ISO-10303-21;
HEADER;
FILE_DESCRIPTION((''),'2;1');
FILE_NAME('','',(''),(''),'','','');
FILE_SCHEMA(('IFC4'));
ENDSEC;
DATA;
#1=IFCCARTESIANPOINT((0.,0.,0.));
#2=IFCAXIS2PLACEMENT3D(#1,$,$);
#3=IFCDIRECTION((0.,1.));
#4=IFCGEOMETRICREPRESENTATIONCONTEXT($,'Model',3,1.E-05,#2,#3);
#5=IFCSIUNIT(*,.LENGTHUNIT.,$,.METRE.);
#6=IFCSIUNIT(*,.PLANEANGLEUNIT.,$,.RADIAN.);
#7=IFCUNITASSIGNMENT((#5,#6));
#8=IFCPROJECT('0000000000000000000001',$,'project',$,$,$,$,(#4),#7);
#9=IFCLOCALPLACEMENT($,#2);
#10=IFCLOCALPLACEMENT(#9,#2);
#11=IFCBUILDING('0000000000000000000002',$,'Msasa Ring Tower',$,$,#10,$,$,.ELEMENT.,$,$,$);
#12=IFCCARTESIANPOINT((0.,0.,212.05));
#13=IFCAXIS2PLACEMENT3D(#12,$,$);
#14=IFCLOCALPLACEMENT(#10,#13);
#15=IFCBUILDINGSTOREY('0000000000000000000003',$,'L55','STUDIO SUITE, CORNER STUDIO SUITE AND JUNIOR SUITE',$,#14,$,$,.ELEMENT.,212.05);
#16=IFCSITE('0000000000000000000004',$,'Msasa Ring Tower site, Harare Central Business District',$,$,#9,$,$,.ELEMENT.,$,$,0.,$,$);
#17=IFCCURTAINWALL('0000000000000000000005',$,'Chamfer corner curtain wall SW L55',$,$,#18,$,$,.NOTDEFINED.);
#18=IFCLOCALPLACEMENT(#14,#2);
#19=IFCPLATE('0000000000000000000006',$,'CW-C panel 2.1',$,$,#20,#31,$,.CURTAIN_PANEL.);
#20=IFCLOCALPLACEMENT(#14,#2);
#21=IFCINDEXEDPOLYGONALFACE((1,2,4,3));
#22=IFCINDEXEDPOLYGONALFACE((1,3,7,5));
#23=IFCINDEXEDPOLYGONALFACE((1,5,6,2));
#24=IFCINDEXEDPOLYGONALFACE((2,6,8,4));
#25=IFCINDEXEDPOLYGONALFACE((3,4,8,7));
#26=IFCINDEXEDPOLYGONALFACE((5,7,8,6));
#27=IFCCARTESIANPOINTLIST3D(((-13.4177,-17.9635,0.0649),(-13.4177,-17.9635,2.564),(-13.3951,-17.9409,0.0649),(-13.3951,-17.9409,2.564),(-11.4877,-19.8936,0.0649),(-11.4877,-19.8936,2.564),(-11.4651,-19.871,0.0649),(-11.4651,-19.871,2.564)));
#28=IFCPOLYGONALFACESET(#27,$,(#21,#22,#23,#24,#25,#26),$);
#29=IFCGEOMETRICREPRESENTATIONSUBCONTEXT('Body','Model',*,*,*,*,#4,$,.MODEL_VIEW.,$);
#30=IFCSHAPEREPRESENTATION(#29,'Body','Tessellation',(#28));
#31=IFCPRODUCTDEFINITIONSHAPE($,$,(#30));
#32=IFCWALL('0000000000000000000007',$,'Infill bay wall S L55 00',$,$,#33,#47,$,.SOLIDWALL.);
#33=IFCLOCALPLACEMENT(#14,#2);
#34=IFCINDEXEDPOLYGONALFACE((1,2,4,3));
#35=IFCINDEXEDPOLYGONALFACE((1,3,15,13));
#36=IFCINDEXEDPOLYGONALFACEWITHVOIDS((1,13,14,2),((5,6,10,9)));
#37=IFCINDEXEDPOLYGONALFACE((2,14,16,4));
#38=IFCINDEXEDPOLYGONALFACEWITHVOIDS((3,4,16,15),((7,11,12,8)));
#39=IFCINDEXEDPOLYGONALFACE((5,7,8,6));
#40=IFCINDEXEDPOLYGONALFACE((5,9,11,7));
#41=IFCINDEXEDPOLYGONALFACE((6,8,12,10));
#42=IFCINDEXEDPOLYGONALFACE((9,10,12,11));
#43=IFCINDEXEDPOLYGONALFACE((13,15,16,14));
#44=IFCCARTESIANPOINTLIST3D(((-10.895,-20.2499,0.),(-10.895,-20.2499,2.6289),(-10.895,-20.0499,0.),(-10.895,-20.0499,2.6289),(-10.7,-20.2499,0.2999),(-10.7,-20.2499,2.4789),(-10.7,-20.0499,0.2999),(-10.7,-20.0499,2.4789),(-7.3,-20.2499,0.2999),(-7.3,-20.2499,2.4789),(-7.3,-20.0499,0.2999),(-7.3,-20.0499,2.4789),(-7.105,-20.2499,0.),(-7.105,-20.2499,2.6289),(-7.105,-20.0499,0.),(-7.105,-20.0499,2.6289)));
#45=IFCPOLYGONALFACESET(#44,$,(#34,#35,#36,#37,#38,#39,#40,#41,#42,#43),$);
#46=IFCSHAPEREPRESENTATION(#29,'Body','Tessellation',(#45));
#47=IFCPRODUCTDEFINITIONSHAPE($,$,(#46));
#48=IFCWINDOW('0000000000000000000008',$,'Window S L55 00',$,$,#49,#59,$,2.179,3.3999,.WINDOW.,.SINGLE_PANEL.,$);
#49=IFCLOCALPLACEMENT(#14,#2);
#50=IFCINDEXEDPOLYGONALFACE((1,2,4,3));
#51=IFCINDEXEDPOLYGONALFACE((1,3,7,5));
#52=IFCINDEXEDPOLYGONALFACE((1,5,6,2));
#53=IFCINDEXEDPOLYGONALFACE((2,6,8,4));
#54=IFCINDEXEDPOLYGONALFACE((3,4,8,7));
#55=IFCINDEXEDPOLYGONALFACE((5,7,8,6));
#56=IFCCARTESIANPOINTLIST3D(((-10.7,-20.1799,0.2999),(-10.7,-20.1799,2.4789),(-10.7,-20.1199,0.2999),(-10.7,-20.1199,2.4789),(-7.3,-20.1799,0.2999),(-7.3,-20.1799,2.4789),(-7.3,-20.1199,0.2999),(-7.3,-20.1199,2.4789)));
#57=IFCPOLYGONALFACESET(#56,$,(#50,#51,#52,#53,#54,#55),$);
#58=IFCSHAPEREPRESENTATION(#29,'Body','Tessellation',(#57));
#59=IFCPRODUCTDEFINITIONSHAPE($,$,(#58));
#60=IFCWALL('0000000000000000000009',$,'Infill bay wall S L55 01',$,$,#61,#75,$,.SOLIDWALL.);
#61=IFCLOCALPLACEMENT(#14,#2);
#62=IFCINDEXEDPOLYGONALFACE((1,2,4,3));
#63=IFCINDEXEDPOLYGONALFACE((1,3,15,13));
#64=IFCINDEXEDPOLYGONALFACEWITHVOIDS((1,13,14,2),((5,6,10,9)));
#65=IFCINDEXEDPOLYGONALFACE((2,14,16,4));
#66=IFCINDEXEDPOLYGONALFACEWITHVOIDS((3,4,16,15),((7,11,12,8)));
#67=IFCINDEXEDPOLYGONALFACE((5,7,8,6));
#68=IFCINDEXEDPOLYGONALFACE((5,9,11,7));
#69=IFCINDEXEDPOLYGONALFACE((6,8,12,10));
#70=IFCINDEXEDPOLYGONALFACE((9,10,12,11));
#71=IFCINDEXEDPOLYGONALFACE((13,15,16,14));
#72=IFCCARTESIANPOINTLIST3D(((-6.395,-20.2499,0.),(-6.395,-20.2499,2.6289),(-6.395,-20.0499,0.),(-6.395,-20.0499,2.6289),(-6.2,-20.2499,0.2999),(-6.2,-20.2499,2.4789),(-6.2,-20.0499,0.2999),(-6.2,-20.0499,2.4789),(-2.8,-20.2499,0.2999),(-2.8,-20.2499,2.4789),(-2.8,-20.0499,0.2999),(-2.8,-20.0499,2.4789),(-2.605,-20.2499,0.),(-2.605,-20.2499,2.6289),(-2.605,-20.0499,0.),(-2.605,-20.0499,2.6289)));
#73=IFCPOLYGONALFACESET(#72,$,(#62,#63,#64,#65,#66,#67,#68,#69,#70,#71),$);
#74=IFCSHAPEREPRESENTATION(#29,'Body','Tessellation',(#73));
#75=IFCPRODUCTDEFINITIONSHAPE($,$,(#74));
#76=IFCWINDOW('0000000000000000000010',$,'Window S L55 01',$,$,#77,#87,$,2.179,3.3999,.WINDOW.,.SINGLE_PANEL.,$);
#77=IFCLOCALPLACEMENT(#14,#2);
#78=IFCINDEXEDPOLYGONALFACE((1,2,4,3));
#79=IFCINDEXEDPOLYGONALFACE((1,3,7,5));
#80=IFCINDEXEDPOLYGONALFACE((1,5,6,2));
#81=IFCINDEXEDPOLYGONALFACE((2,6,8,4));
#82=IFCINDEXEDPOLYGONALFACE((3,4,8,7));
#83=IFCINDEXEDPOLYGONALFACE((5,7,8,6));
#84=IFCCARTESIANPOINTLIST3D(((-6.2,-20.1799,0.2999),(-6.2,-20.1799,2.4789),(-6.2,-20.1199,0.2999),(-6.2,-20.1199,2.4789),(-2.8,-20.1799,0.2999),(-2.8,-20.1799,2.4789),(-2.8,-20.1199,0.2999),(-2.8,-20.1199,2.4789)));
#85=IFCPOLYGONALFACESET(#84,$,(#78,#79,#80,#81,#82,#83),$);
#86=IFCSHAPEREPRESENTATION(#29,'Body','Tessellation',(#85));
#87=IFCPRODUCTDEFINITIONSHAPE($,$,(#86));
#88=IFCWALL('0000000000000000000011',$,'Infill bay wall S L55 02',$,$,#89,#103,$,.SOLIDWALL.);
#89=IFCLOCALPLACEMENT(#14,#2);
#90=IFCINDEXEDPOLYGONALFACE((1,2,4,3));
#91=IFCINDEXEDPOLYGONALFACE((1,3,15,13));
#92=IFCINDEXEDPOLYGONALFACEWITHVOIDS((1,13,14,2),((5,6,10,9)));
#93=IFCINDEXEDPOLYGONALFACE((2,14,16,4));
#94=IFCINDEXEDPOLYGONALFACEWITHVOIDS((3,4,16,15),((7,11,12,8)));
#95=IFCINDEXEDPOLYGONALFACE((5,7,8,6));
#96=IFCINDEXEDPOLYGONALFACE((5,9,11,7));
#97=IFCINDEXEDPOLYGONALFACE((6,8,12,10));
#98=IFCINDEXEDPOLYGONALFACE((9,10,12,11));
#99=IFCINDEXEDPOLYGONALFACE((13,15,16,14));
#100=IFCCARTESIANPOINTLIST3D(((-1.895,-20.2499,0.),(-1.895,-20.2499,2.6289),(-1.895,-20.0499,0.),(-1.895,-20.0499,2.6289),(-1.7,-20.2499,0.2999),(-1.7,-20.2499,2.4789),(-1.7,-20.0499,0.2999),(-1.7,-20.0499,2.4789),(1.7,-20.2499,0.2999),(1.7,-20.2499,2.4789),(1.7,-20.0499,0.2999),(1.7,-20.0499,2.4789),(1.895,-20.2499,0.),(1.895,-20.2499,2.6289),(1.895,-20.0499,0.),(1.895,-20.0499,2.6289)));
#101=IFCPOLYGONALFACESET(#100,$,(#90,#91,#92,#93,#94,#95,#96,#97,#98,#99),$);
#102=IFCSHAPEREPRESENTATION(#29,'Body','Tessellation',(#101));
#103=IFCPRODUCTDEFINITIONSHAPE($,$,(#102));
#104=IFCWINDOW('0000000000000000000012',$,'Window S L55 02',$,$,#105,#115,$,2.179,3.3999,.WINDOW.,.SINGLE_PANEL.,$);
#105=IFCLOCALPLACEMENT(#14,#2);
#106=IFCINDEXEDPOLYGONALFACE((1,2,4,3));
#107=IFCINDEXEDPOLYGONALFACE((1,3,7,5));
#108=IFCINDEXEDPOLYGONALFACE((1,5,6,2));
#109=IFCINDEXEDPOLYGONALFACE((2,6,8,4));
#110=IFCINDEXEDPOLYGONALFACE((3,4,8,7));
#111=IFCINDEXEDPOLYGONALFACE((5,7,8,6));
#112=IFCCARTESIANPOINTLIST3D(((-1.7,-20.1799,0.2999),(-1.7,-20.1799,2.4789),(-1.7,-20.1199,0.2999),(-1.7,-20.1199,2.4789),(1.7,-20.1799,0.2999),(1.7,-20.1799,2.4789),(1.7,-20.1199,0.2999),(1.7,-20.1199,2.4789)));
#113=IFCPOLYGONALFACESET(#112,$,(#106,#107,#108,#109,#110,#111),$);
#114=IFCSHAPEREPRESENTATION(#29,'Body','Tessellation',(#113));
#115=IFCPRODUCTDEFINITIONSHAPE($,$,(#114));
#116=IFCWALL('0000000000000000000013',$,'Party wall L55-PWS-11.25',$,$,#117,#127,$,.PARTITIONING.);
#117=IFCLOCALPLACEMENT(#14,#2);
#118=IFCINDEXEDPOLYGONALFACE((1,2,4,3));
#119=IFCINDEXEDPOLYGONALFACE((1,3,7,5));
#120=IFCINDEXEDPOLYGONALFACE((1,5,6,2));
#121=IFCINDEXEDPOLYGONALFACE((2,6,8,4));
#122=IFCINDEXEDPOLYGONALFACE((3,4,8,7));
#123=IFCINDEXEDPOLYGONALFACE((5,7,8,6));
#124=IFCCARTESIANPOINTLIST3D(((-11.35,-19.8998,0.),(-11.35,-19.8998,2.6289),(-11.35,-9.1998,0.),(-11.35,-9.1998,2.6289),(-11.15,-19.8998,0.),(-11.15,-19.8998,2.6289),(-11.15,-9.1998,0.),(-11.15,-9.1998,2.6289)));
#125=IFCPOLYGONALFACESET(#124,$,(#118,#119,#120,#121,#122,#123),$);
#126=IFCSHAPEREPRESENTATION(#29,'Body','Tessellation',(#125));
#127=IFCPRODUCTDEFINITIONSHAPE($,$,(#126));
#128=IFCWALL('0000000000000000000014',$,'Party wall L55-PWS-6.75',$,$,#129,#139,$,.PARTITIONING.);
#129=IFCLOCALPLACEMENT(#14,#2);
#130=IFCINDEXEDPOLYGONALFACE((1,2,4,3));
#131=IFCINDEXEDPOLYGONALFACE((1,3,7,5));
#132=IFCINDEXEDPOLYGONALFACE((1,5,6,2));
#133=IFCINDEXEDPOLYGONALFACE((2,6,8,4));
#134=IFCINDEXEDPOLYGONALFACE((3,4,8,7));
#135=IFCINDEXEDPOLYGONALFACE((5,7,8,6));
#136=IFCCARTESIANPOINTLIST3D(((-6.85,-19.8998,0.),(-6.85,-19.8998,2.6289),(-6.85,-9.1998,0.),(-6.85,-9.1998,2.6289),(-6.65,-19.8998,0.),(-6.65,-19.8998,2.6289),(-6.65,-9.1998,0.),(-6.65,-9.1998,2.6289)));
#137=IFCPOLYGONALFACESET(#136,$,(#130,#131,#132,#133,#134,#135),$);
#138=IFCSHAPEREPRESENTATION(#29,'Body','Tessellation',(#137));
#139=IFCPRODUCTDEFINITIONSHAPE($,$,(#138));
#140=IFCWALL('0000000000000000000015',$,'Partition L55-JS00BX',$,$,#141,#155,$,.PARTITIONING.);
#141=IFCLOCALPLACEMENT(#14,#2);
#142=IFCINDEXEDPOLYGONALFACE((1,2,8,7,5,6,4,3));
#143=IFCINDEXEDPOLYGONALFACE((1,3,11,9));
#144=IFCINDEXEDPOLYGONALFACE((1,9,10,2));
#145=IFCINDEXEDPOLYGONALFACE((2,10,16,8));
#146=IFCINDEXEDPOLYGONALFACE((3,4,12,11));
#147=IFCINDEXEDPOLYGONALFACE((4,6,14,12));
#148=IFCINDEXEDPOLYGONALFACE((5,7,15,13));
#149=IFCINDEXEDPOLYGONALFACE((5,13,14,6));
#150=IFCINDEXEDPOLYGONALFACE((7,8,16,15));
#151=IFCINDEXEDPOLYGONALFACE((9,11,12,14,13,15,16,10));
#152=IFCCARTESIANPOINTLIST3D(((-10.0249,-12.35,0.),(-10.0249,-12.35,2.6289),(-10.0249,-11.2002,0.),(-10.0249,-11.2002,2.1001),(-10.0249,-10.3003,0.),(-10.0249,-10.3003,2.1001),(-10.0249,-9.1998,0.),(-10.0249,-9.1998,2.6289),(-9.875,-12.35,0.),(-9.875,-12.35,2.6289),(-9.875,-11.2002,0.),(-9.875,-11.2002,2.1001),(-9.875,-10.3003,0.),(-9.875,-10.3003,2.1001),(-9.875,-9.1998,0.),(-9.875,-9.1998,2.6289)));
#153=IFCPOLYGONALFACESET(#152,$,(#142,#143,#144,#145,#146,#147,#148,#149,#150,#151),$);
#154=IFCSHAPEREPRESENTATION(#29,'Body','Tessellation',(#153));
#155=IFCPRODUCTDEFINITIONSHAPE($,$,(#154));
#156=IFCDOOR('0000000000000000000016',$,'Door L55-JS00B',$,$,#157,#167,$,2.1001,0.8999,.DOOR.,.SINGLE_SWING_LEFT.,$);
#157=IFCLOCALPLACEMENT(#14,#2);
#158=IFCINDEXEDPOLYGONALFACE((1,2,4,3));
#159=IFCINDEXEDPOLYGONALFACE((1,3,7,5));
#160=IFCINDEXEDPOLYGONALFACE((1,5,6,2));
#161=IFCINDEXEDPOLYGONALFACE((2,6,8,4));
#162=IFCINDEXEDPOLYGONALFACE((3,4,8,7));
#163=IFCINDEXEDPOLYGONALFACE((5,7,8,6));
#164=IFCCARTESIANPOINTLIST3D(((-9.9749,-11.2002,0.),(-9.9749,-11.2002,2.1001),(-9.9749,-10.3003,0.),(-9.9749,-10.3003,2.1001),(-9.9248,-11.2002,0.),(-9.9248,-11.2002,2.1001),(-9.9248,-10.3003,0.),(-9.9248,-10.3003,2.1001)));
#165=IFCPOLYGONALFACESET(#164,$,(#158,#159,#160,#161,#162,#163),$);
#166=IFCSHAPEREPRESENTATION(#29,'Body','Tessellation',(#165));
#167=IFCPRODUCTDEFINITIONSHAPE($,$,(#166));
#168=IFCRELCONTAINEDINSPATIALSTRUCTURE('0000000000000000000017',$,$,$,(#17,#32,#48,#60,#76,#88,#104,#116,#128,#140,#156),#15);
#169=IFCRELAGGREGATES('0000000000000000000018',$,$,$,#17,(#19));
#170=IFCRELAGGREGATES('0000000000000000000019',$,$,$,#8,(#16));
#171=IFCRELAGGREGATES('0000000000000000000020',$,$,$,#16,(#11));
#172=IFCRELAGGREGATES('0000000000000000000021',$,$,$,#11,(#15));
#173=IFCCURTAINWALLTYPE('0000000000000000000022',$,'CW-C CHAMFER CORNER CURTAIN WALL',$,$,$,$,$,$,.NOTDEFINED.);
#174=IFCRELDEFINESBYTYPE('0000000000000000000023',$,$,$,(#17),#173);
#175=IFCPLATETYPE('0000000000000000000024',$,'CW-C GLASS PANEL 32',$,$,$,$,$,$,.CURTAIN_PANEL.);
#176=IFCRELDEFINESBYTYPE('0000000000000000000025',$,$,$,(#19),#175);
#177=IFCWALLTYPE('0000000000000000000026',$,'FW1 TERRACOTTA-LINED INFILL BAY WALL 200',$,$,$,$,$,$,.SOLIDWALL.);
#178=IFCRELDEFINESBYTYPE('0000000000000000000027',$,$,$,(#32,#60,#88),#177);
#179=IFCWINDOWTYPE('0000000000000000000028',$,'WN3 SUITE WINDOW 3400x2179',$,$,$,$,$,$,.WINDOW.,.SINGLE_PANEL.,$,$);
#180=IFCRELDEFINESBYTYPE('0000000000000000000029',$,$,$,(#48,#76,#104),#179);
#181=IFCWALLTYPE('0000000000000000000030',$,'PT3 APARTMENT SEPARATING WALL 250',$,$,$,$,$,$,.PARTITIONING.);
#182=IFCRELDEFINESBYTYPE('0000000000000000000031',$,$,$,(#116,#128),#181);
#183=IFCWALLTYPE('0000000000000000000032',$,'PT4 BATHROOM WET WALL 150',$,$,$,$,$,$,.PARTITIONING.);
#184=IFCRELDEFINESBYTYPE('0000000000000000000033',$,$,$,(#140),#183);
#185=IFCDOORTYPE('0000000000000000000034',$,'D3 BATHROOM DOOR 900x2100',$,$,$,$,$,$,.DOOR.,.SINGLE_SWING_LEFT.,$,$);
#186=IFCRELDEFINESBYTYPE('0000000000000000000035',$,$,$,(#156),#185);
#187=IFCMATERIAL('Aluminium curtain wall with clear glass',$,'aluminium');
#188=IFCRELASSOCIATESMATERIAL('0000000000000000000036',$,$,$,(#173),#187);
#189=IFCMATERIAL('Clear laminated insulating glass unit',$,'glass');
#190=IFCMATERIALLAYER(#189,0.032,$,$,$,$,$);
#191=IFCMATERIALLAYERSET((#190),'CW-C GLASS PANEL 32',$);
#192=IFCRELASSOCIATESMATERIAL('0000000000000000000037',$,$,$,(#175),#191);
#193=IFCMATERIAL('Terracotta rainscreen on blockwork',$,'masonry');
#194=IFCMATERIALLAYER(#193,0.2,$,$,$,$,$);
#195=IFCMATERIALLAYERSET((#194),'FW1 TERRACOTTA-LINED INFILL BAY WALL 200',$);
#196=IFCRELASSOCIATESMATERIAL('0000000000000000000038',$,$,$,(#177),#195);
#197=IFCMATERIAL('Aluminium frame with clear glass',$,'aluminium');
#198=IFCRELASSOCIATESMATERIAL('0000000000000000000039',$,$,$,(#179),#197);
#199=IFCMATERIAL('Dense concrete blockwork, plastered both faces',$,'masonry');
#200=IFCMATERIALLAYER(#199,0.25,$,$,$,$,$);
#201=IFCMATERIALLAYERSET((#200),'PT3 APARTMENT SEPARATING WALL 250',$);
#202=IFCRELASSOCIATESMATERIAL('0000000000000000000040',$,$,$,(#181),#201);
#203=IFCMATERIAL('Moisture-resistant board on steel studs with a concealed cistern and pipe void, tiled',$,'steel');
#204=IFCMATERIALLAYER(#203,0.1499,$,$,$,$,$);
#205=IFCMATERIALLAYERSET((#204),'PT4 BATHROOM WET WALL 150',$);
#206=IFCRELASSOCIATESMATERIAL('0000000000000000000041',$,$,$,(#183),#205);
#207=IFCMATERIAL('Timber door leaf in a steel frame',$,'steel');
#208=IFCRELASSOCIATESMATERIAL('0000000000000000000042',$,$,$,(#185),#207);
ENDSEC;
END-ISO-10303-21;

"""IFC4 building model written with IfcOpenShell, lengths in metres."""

from ifc_helpers import new_model, si_unit, direction, frame, frame_2d, origin, origin_2d, place, context, subcontext, project, spatial, rectangle, extrude, material, layer, layer_set, type_object, element, fill, aggregate, save


model = new_model("IFC4")

# Units and contexts
model_context = context("Model", 3, precision=1e-05, world=origin(), true_north=direction((0.0, 1.0)))
body_context = subcontext(model_context, "Body", "Model", "MODEL_VIEW")
ifc_project = project(units=[si_unit("LENGTHUNIT", "METRE"), si_unit("PLANEANGLEUNIT", "RADIAN")], contexts=[model_context])

# Site, building, storey
site_placement = place(None, origin())
site = spatial("IfcSite", under=ifc_project, at=site_placement, Name="Msasa Ring Tower site, Harare Central Business District", CompositionType="ELEMENT", RefElevation=0.0)
building_placement = place(site_placement, origin())
building = spatial("IfcBuilding", under=site, at=building_placement, Name="Msasa Ring Tower", CompositionType="ELEMENT")
storey_placement = place(building_placement, frame((0.0, 0.0, 212.05)))
storey = spatial("IfcBuildingStorey", under=building, at=storey_placement, Name="L55", Description="STUDIO SUITE, CORNER STUDIO SUITE AND JUNIOR SUITE", CompositionType="ELEMENT", Elevation=212.05)

# Curtain wall
ifc_material_1 = material(Name="Aluminium curtain wall with clear glass", Category="aluminium")
curtain_wall_type = type_object("IfcCurtainWallType", Name="CW-C CHAMFER CORNER CURTAIN WALL", PredefinedType="NOTDEFINED", material=ifc_material_1)
curtain_wall_placement = place(storey_placement, origin())
curtain_wall = element("IfcCurtainWall", 1, at=curtain_wall_placement, inside=storey, type_object=curtain_wall_type, Name="Chamfer corner curtain wall SW L55", PredefinedType="NOTDEFINED")

# Plate
ifc_material_2 = material(Name="Clear laminated insulating glass unit", Category="glass")
ifc_layer_1 = layer(ifc_material_2, 0.032)
ifc_layer_set_1 = layer_set([ifc_layer_1], Name="CW-C GLASS PANEL 32")
plate_type = type_object("IfcPlateType", Name="CW-C GLASS PANEL 32", PredefinedType="CURTAIN_PANEL", material=ifc_layer_set_1)
plate_placement = place(storey_placement, frame((-12.4414, -18.9172, 0.0649), z_axis=(0.0, 0.0, 1.0), x_axis=(0.707107, -0.707107, 0.0)))
plate = element("IfcPlate", 2, at=plate_placement, type_object=plate_type, Name="CW-C panel 2.1", PredefinedType="CURTAIN_PANEL", context=body_context, shape_type="SweptSolid", body=[
    extrude(rectangle(XDim=2.7295, YDim=0.032, at=origin_2d()), origin(), (0.0, 0.0, 1.0), 2.499),
])
aggregate(curtain_wall, [plate])

# Walls, openings, windows
ifc_material_3 = material(Name="Terracotta rainscreen on blockwork", Category="masonry")
ifc_layer_2 = layer(ifc_material_3, 0.2)
ifc_layer_set_2 = layer_set([ifc_layer_2], Name="FW1 TERRACOTTA-LINED INFILL BAY WALL 200")
wall_type_1 = type_object("IfcWallType", Name="FW1 TERRACOTTA-LINED INFILL BAY WALL 200", PredefinedType="SOLIDWALL", material=ifc_layer_set_2)
wall_1_placement = place(storey_placement, frame((-10.895, -20.1499, 0.0), z_axis=(0.0, 0.0, 1.0), x_axis=(1.0, 0.0, 0.0)))
wall_1 = element("IfcWall", 3, at=wall_1_placement, inside=storey, type_object=wall_type_1, Name="Infill bay wall S L55 00", PredefinedType="SOLIDWALL", context=body_context, shape_type="SweptSolid", body=[
    extrude(rectangle(XDim=3.79, YDim=0.2, at=frame_2d((1.895, 0.0))), origin(), (0.0, 0.0, 1.0), 2.6289),
])
opening_1_placement = place(wall_1_placement, frame((0.1951, 0.0, 0.3)))
opening_1 = element("IfcOpeningElement", 4, at=opening_1_placement, cuts=wall_1, PredefinedType="OPENING", context=body_context, shape_type="SweptSolid", body=[
    extrude(rectangle(XDim=3.3999, YDim=2.179, at=frame_2d((1.7, 1.0894))), frame((0.0, 0.1099, 0.0), z_axis=(0.0, -1.0, 0.0), x_axis=(1.0, 0.0, 0.0)), (0.0, 0.0, 1.0), 0.22),
])
ifc_material_4 = material(Name="Aluminium frame with clear glass", Category="aluminium")
window_type = type_object("IfcWindowType", Name="WN3 SUITE WINDOW 3400x2179", PartitioningType="SINGLE_PANEL", PredefinedType="WINDOW", material=ifc_material_4)
window_1_placement = place(opening_1_placement, origin())
window_1 = element("IfcWindow", 5, at=window_1_placement, inside=storey, type_object=window_type, Name="Window S L55 00", OverallHeight=2.179, OverallWidth=3.3999, PartitioningType="SINGLE_PANEL", PredefinedType="WINDOW", context=body_context, shape_type="SweptSolid", body=[
    extrude(rectangle(XDim=3.3999, YDim=2.179, at=frame_2d((1.7, 1.0894))), frame((0.0, 0.03, 0.0), z_axis=(0.0, -1.0, 0.0), x_axis=(1.0, 0.0, 0.0)), (0.0, 0.0, 1.0), 0.0601),
])
fill(opening_1, window_1)
wall_2_placement = place(storey_placement, frame((-6.395, -20.1499, 0.0), z_axis=(0.0, 0.0, 1.0), x_axis=(1.0, 0.0, 0.0)))
wall_2 = element("IfcWall", 6, at=wall_2_placement, inside=storey, type_object=wall_type_1, Name="Infill bay wall S L55 01", PredefinedType="SOLIDWALL", context=body_context, shape_type="SweptSolid", body=[
    extrude(rectangle(XDim=3.79, YDim=0.2, at=frame_2d((1.895, 0.0))), origin(), (0.0, 0.0, 1.0), 2.6289),
])
opening_2_placement = place(wall_2_placement, frame((0.1951, 0.0, 0.3)))
opening_2 = element("IfcOpeningElement", 7, at=opening_2_placement, cuts=wall_2, PredefinedType="OPENING", context=body_context, shape_type="SweptSolid", body=[
    extrude(rectangle(XDim=3.3999, YDim=2.179, at=frame_2d((1.7, 1.0894))), frame((0.0, 0.1099, 0.0), z_axis=(0.0, -1.0, 0.0), x_axis=(1.0, 0.0, 0.0)), (0.0, 0.0, 1.0), 0.22),
])
window_2_placement = place(opening_2_placement, origin())
window_2 = element("IfcWindow", 8, at=window_2_placement, inside=storey, type_object=window_type, Name="Window S L55 01", OverallHeight=2.179, OverallWidth=3.3999, PartitioningType="SINGLE_PANEL", PredefinedType="WINDOW", context=body_context, shape_type="SweptSolid", body=[
    extrude(rectangle(XDim=3.3999, YDim=2.179, at=frame_2d((1.7, 1.0894))), frame((0.0, 0.03, 0.0), z_axis=(0.0, -1.0, 0.0), x_axis=(1.0, 0.0, 0.0)), (0.0, 0.0, 1.0), 0.0601),
])
fill(opening_2, window_2)
wall_3_placement = place(storey_placement, frame((-1.895, -20.1499, 0.0), z_axis=(0.0, 0.0, 1.0), x_axis=(1.0, 0.0, 0.0)))
wall_3 = element("IfcWall", 9, at=wall_3_placement, inside=storey, type_object=wall_type_1, Name="Infill bay wall S L55 02", PredefinedType="SOLIDWALL", context=body_context, shape_type="SweptSolid", body=[
    extrude(rectangle(XDim=3.79, YDim=0.2, at=frame_2d((1.895, 0.0))), origin(), (0.0, 0.0, 1.0), 2.6289),
])
opening_3_placement = place(wall_3_placement, frame((0.1951, 0.0, 0.3)))
opening_3 = element("IfcOpeningElement", 10, at=opening_3_placement, cuts=wall_3, PredefinedType="OPENING", context=body_context, shape_type="SweptSolid", body=[
    extrude(rectangle(XDim=3.3999, YDim=2.179, at=frame_2d((1.7, 1.0894))), frame((0.0, 0.1099, 0.0), z_axis=(0.0, -1.0, 0.0), x_axis=(1.0, 0.0, 0.0)), (0.0, 0.0, 1.0), 0.22),
])
window_3_placement = place(opening_3_placement, origin())
window_3 = element("IfcWindow", 11, at=window_3_placement, inside=storey, type_object=window_type, Name="Window S L55 02", OverallHeight=2.179, OverallWidth=3.3999, PartitioningType="SINGLE_PANEL", PredefinedType="WINDOW", context=body_context, shape_type="SweptSolid", body=[
    extrude(rectangle(XDim=3.3999, YDim=2.179, at=frame_2d((1.7, 1.0894))), frame((0.0, 0.03, 0.0), z_axis=(0.0, -1.0, 0.0), x_axis=(1.0, 0.0, 0.0)), (0.0, 0.0, 1.0), 0.0601),
])
fill(opening_3, window_3)

# Walls
ifc_material_5 = material(Name="Dense concrete blockwork, plastered both faces", Category="masonry")
ifc_layer_3 = layer(ifc_material_5, 0.25)
ifc_layer_set_3 = layer_set([ifc_layer_3], Name="PT3 APARTMENT SEPARATING WALL 250")
wall_type_2 = type_object("IfcWallType", Name="PT3 APARTMENT SEPARATING WALL 250", PredefinedType="PARTITIONING", material=ifc_layer_set_3)
for number, where, z_axis, x_axis, name in (
    (12, (-11.25, -19.8999, 0.0), (0.0, 0.0, 1.0), (0.0, 1.0, 0.0), "Party wall L55-PWS-11.25"),
    (13, (-6.75, -19.8999, 0.0), (0.0, 0.0, 1.0), (0.0, 1.0, 0.0), "Party wall L55-PWS-6.75"),
):
    element("IfcWall", number, at=place(storey_placement, frame(where, z_axis=z_axis, x_axis=x_axis)), inside=storey, type_object=wall_type_2, Name=name, PredefinedType="PARTITIONING", context=body_context, shape_type="SweptSolid", body=[
        extrude(rectangle(XDim=10.7, YDim=0.2, at=frame_2d((5.3501, 0.0))), origin(), (0.0, 0.0, 1.0), 2.6289),
    ])

# Wall, opening, door
ifc_material_6 = material(Name="Moisture-resistant board on steel studs with a concealed cistern and pipe void, tiled", Category="steel")
ifc_layer_4 = layer(ifc_material_6, 0.1499)
ifc_layer_set_4 = layer_set([ifc_layer_4], Name="PT4 BATHROOM WET WALL 150")
wall_type_3 = type_object("IfcWallType", Name="PT4 BATHROOM WET WALL 150", PredefinedType="PARTITIONING", material=ifc_layer_set_4)
wall_4_placement = place(storey_placement, frame((-9.95, -12.3501, 0.0), z_axis=(0.0, 0.0, 1.0), x_axis=(0.0, 1.0, 0.0)))
wall_4 = element("IfcWall", 14, at=wall_4_placement, inside=storey, type_object=wall_type_3, Name="Partition L55-JS00BX", PredefinedType="PARTITIONING", context=body_context, shape_type="SweptSolid", body=[
    extrude(rectangle(XDim=3.1501, YDim=0.1499, at=frame_2d((1.5752, 0.0))), origin(), (0.0, 0.0, 1.0), 2.6289),
])
opening_4_placement = place(wall_4_placement, frame((1.1499, 0.0, 0.0)))
opening_4 = element("IfcOpeningElement", 15, at=opening_4_placement, cuts=wall_4, PredefinedType="OPENING", context=body_context, shape_type="SweptSolid", body=[
    extrude(rectangle(XDim=0.8999, YDim=2.1001, at=frame_2d((0.45, 1.05))), frame((0.0, 0.085, 0.0), z_axis=(0.0, -1.0, 0.0), x_axis=(1.0, 0.0, 0.0)), (0.0, 0.0, 1.0), 0.1699),
])
ifc_material_7 = material(Name="Timber door leaf in a steel frame", Category="steel")
door_type = type_object("IfcDoorType", Name="D3 BATHROOM DOOR 900x2100", OperationType="SINGLE_SWING_LEFT", PredefinedType="DOOR", material=ifc_material_7)
door_1_placement = place(opening_4_placement, origin())
door_1 = element("IfcDoor", 16, at=door_1_placement, inside=storey, type_object=door_type, Name="Door L55-JS00B", OperationType="SINGLE_SWING_LEFT", OverallHeight=2.1001, OverallWidth=0.8999, PredefinedType="DOOR", context=body_context, shape_type="SweptSolid", body=[
    extrude(rectangle(XDim=0.8999, YDim=2.1001, at=frame_2d((0.45, 1.05))), frame((0.0, 0.0249, 0.0), z_axis=(0.0, -1.0, 0.0), x_axis=(1.0, 0.0, 0.0)), (0.0, 0.0, 1.0), 0.05),
])
fill(opening_4, door_1)

save(model, "model.ifc")
